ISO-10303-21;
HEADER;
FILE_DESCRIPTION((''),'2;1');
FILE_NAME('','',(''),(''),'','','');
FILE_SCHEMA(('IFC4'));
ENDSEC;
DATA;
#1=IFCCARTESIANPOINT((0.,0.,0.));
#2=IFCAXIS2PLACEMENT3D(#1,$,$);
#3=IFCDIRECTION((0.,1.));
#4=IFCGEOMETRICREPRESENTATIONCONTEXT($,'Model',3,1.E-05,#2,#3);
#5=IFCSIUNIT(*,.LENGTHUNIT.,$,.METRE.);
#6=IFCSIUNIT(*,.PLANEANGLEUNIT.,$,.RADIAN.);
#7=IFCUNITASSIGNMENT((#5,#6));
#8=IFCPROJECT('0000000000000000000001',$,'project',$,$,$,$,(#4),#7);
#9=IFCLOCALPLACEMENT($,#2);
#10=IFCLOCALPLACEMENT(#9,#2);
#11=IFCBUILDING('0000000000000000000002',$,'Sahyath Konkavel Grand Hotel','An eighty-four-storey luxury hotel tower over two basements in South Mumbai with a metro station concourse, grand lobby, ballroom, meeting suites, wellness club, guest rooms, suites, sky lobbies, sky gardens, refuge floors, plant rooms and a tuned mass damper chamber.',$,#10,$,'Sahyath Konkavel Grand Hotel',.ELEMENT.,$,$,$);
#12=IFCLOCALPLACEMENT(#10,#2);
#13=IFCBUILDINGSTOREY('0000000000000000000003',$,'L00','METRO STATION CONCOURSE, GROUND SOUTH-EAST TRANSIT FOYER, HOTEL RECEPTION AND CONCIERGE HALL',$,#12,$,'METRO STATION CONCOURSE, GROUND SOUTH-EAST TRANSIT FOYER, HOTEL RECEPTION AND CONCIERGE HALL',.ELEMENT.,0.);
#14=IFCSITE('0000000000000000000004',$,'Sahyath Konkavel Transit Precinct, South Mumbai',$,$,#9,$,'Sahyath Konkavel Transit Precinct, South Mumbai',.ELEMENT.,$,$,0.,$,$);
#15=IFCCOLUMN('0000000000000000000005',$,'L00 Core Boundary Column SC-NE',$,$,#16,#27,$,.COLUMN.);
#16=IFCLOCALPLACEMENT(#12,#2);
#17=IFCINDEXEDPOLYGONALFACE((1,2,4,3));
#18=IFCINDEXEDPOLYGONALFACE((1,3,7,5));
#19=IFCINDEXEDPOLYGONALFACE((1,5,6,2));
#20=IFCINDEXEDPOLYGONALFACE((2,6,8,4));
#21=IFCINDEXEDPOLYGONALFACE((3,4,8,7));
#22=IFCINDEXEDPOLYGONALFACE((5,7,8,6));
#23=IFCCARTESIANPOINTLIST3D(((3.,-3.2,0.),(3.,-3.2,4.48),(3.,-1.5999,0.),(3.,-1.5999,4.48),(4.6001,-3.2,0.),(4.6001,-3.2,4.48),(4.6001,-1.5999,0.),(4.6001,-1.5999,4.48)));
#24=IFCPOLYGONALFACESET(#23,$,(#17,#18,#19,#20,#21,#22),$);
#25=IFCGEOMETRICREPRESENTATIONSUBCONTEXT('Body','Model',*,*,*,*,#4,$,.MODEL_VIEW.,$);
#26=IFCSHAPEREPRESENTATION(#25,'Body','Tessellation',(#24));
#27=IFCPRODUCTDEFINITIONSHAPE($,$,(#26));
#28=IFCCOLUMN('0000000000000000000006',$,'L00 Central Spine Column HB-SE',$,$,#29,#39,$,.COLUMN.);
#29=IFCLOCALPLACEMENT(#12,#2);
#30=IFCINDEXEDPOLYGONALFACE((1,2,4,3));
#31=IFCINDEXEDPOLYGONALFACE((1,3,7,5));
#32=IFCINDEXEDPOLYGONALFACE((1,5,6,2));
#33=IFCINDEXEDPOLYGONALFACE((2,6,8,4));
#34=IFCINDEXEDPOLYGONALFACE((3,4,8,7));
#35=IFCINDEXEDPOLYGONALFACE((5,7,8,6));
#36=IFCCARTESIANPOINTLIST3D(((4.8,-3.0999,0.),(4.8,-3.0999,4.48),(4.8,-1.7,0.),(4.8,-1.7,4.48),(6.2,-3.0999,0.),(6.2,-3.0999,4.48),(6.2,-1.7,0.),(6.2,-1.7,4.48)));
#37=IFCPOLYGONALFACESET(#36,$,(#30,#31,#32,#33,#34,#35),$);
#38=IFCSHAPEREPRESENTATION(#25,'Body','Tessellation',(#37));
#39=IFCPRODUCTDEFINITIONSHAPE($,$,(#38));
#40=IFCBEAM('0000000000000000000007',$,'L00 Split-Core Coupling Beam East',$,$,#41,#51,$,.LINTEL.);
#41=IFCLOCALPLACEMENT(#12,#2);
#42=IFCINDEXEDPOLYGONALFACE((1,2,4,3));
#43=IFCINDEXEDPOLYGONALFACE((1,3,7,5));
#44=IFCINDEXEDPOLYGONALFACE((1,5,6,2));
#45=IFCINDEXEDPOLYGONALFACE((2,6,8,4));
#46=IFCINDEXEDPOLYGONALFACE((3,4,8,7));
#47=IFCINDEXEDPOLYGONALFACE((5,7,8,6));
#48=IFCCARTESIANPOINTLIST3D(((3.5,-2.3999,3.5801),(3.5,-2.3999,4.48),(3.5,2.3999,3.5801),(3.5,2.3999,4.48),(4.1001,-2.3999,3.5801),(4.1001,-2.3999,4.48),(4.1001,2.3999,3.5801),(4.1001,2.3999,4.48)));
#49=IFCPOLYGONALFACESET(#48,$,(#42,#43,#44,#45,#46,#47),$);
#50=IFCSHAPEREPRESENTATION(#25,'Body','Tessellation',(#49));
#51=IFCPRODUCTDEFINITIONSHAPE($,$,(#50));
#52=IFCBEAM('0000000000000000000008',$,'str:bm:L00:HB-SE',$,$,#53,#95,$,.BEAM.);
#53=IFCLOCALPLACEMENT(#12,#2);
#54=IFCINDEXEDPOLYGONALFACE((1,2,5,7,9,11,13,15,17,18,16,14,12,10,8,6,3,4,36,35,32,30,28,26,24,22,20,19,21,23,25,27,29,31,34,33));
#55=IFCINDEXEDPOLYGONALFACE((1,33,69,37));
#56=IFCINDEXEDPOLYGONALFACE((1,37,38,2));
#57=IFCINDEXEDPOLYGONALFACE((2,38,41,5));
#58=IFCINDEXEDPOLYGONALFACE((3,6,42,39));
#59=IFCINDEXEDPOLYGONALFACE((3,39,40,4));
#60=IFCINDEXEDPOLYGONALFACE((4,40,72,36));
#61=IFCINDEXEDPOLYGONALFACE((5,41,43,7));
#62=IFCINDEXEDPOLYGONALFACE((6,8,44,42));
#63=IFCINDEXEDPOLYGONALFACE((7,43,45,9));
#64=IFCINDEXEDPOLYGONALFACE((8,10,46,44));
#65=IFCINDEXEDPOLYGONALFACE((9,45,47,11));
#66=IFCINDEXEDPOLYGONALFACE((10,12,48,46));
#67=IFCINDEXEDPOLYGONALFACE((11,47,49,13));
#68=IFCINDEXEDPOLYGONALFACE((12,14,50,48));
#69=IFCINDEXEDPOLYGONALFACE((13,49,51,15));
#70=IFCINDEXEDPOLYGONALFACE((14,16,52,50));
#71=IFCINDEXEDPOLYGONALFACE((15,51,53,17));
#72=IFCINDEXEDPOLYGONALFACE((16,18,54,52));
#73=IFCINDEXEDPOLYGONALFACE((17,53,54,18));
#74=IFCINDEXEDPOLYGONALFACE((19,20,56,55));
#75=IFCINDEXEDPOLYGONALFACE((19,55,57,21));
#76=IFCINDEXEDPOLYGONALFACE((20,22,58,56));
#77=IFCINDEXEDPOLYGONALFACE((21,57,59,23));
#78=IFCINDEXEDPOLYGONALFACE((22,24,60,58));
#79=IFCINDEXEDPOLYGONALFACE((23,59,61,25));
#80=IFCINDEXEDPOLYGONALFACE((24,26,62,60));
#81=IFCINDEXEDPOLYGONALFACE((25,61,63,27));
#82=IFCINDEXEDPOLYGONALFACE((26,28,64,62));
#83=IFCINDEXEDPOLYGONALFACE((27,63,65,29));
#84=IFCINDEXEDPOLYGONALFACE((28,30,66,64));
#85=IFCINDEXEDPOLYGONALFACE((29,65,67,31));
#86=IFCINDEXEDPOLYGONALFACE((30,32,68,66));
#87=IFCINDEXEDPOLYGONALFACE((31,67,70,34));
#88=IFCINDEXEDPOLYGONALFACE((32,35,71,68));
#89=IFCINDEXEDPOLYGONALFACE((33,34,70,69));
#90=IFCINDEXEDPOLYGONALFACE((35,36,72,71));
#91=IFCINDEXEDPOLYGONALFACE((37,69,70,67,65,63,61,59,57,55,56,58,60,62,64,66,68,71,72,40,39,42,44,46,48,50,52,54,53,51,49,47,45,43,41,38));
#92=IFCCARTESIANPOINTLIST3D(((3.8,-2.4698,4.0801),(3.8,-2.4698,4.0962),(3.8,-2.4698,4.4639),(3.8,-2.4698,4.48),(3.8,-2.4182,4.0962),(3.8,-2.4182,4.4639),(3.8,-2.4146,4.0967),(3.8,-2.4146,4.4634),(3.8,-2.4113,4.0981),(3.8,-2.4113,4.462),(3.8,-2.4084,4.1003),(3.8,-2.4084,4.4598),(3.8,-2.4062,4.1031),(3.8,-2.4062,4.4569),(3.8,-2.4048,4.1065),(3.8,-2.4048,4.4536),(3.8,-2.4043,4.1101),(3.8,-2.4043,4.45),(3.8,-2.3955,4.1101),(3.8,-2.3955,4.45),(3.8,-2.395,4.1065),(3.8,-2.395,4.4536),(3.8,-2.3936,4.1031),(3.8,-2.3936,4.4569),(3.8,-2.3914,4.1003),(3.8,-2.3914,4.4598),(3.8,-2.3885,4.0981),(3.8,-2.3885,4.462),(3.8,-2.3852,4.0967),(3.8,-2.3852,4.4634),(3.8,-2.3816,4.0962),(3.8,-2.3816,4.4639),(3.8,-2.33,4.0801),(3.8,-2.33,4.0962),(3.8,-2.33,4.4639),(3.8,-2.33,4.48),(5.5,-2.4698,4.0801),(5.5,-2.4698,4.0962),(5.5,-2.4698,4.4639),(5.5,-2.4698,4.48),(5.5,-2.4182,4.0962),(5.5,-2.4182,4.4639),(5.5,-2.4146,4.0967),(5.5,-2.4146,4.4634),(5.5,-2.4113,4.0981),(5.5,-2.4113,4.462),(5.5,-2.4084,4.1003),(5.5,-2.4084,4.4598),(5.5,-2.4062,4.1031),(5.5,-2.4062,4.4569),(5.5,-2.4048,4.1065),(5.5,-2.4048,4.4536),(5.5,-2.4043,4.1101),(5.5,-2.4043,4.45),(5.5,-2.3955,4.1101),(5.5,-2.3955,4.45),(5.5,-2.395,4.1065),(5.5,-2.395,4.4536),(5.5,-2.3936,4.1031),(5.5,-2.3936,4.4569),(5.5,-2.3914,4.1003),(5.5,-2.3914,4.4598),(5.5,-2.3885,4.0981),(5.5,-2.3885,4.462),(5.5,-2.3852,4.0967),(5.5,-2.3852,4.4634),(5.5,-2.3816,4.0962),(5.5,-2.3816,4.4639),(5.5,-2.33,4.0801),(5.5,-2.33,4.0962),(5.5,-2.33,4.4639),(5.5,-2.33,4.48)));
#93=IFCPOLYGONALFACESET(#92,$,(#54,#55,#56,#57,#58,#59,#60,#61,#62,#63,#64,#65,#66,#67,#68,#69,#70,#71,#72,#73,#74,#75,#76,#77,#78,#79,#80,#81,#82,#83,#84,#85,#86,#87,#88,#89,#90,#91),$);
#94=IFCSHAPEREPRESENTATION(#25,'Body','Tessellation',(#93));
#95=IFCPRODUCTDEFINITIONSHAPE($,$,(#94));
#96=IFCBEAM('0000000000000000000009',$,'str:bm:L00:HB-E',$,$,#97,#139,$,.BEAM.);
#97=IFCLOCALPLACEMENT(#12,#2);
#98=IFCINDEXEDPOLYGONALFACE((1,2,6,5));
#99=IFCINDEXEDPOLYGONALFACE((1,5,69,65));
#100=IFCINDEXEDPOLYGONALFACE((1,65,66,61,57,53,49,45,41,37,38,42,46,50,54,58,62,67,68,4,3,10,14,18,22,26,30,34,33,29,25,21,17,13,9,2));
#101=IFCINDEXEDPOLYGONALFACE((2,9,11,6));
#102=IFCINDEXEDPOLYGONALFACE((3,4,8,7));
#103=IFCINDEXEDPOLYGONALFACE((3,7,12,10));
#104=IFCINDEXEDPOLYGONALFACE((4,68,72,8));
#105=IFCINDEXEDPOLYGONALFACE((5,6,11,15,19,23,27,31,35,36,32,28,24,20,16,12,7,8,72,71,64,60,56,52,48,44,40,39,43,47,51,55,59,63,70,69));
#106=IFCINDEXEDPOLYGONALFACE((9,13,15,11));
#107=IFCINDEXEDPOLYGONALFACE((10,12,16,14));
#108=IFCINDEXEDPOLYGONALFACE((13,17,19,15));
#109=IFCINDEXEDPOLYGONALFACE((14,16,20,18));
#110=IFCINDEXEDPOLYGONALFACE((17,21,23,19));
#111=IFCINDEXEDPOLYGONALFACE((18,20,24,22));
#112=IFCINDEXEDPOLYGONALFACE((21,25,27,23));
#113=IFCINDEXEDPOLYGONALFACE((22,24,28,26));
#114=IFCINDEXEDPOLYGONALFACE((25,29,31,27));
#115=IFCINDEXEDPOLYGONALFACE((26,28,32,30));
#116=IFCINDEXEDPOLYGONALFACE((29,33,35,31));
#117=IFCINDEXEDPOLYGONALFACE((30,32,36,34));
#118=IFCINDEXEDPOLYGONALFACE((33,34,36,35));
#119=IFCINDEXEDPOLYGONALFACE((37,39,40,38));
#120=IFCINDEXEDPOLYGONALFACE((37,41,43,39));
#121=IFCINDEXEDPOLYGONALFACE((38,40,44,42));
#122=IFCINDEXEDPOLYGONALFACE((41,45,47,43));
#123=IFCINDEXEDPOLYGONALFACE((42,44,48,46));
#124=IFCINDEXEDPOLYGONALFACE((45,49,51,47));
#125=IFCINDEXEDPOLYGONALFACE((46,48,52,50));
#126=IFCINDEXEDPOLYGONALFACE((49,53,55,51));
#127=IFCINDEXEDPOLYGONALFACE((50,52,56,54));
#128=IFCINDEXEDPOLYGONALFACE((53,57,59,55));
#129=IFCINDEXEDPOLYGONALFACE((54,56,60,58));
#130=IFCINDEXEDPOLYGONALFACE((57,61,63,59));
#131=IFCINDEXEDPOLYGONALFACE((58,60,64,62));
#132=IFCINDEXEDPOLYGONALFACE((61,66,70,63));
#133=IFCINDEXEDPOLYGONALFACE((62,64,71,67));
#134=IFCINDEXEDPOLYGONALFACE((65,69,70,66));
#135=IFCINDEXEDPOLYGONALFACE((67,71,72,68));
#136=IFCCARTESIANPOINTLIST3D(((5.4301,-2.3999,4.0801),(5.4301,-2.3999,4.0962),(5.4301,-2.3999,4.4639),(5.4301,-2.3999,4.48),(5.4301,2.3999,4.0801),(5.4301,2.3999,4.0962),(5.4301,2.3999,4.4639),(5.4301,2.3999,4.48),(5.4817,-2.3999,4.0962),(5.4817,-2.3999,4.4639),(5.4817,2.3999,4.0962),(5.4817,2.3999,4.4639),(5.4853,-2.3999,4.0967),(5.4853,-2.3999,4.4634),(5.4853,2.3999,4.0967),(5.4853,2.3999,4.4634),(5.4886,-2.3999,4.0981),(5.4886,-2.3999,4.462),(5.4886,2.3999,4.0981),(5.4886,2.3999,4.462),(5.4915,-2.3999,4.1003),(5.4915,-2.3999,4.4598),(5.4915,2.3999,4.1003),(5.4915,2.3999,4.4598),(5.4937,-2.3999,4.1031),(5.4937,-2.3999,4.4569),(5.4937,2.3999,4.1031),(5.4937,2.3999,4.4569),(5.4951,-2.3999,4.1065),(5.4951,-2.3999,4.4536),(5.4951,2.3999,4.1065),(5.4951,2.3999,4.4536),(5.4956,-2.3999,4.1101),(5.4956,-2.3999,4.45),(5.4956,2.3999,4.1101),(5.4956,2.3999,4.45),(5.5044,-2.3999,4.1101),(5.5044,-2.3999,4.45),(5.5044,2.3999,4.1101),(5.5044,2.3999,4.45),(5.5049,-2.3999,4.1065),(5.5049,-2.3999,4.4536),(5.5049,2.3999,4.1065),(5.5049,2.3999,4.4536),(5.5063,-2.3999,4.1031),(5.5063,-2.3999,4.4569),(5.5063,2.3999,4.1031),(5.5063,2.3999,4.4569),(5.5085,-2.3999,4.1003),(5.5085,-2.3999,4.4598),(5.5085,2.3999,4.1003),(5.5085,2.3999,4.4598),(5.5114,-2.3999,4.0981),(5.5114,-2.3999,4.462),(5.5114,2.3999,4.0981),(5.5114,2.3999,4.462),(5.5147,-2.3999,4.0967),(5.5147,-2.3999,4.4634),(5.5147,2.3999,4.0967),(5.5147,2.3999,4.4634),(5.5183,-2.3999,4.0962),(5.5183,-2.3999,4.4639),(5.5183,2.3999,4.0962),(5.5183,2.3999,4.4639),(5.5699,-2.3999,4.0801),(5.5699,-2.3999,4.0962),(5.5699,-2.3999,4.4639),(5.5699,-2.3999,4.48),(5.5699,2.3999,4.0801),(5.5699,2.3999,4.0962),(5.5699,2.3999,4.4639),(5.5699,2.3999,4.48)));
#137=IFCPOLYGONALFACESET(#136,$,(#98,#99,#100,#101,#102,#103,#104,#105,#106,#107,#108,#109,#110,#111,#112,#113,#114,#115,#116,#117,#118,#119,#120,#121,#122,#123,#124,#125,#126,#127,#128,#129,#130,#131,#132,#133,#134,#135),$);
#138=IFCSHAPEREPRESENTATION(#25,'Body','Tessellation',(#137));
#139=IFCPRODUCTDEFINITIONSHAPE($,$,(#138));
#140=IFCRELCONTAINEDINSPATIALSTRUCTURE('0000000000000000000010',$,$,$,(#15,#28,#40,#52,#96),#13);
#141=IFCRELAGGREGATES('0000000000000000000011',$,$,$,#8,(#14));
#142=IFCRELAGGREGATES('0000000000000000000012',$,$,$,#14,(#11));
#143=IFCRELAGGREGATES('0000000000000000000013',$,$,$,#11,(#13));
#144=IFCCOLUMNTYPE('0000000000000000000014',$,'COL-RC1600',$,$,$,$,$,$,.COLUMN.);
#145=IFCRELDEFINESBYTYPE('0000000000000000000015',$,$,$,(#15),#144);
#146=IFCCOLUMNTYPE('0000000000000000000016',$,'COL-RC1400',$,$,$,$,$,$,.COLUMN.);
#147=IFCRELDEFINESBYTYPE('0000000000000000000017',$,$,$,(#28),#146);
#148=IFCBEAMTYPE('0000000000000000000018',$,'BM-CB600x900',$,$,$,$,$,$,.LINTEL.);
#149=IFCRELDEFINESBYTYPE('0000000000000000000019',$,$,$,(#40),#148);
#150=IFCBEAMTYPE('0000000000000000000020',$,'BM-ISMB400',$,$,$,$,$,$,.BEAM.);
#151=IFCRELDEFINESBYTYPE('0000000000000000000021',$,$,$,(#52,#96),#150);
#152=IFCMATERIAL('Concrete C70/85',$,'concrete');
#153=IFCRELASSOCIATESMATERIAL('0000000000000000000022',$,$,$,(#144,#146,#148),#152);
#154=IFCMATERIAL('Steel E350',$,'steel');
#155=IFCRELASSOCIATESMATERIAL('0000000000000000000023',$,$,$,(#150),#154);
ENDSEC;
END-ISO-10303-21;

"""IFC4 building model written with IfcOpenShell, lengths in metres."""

from ifc_helpers import new_model, si_unit, direction, frame, origin, origin_2d, place, context, subcontext, project, spatial, rectangle, i_section, extrude, source, transform, mapped, material, material_profile, profile_set, type_object, element, save


model = new_model("IFC4")

# Units and contexts
model_context = context("Model", 3, precision=1e-05, world=origin(), true_north=direction((0.0, 1.0)))
body_context = subcontext(model_context, "Body", "Model", "MODEL_VIEW")
ifc_project = project(units=[si_unit("LENGTHUNIT", "METRE"), si_unit("PLANEANGLEUNIT", "RADIAN")], contexts=[model_context])

# Site, building, storey
site_placement = place(None, origin())
site = spatial("IfcSite", under=ifc_project, at=site_placement, Name="Sahyath Konkavel Transit Precinct, South Mumbai", LongName="Sahyath Konkavel Transit Precinct, South Mumbai", CompositionType="ELEMENT", RefElevation=0.0)
building_placement = place(site_placement, origin())
building = spatial("IfcBuilding", under=site, at=building_placement, Name="Sahyath Konkavel Grand Hotel", Description="An eighty-four-storey luxury hotel tower over two basements in South Mumbai with a metro station concourse, grand lobby, ballroom, meeting suites, wellness club, guest rooms, suites, sky lobbies, sky gardens, refuge floors, plant rooms and a tuned mass damper chamber.", LongName="Sahyath Konkavel Grand Hotel", CompositionType="ELEMENT")
storey_placement = place(building_placement, origin())
storey = spatial("IfcBuildingStorey", under=building, at=storey_placement, Name="L00", Description="METRO STATION CONCOURSE, GROUND SOUTH-EAST TRANSIT FOYER, HOTEL RECEPTION AND CONCIERGE HALL", LongName="METRO STATION CONCOURSE, GROUND SOUTH-EAST TRANSIT FOYER, HOTEL RECEPTION AND CONCIERGE HALL", CompositionType="ELEMENT", Elevation=0.0)

# Columns
ifc_material_1 = material(Name="Concrete C70/85", Category="concrete")
ifc_material_profile_1 = material_profile(ifc_material_1, rectangle(XDim=1.6001, YDim=1.6001, at=origin_2d()), Name="RC 1600x1600")
ifc_profile_set_1 = profile_set([ifc_material_profile_1], Name="Concrete C70/85")
column_type_1 = type_object("IfcColumnType", Name="COL-RC1600", PredefinedType="COLUMN", material=ifc_profile_set_1)
shared_shape_1 = source(origin(), body_context, "Body", "SweptSolid", [
    extrude(rectangle(XDim=1.6001, YDim=1.6001, at=origin_2d()), origin(), (0.0, 0.0, 1.0), 4.48),
])
column_1_placement = place(storey_placement, frame((3.8, -2.3999, 0.0), z_axis=(0.0, 0.0, 1.0), x_axis=(1.0, 0.0, 0.0)))
element("IfcColumn", 1, at=column_1_placement, inside=storey, type_object=column_type_1, Name="L00 Core Boundary Column SC-NE", PredefinedType="COLUMN", context=body_context, shape_type="MappedRepresentation", body=[
    mapped(shared_shape_1, transform((0.0, 0.0, 0.0), scale=1.0)),
])
ifc_material_profile_2 = material_profile(ifc_material_1, rectangle(XDim=1.3999, YDim=1.3999, at=origin_2d()), Name="RC 1400x1400")
ifc_profile_set_2 = profile_set([ifc_material_profile_2], Name="Concrete C70/85")
column_type_2 = type_object("IfcColumnType", Name="COL-RC1400", PredefinedType="COLUMN", material=ifc_profile_set_2)
shared_shape_2 = source(origin(), body_context, "Body", "SweptSolid", [
    extrude(rectangle(XDim=1.3999, YDim=1.3999, at=origin_2d()), origin(), (0.0, 0.0, 1.0), 4.48),
])
column_2_placement = place(storey_placement, frame((5.5, -2.3999, 0.0), z_axis=(0.0, 0.0, 1.0), x_axis=(1.0, 0.0, 0.0)))
element("IfcColumn", 2, at=column_2_placement, inside=storey, type_object=column_type_2, Name="L00 Central Spine Column HB-SE", PredefinedType="COLUMN", context=body_context, shape_type="MappedRepresentation", body=[
    mapped(shared_shape_2, transform((0.0, 0.0, 0.0), scale=1.0)),
])

# Beams
ifc_material_profile_3 = material_profile(ifc_material_1, rectangle(XDim=0.6001, YDim=0.8999, at=origin_2d()), Name="RC 600x900")
ifc_profile_set_3 = profile_set([ifc_material_profile_3], Name="Concrete C70/85")
beam_type_1 = type_object("IfcBeamType", Name="BM-CB600x900", PredefinedType="LINTEL", material=ifc_profile_set_3)
shared_shape_3 = source(origin(), body_context, "Body", "SweptSolid", [
    extrude(rectangle(XDim=0.6001, YDim=0.8999, at=origin_2d()), origin(), (0.0, 0.0, 1.0), 4.7998),
])
beam_1_placement = place(storey_placement, frame((3.8, -2.3999, 4.03), z_axis=(0.0, 1.0, 0.0), x_axis=(-1.0, 0.0, 0.0)))
element("IfcBeam", 3, at=beam_1_placement, inside=storey, type_object=beam_type_1, Name="L00 Split-Core Coupling Beam East", PredefinedType="LINTEL", context=body_context, shape_type="MappedRepresentation", body=[
    mapped(shared_shape_3, transform((0.0, 0.0, 0.0), scale=1.0)),
])
ifc_material_2 = material(Name="Steel E350", Category="steel")
ifc_material_profile_4 = material_profile(ifc_material_2, i_section(OverallWidth=0.1399, OverallDepth=0.3999, WebThickness=0.0088, FlangeThickness=0.0161, FilletRadius=0.0139, at=origin_2d()), Name="ISMB 400")
ifc_profile_set_4 = profile_set([ifc_material_profile_4], Name="Steel E350")
beam_type_2 = type_object("IfcBeamType", Name="BM-ISMB400", PredefinedType="BEAM", material=ifc_profile_set_4)
shared_shape_4 = source(origin(), body_context, "Body", "SweptSolid", [
    extrude(i_section(OverallWidth=0.1399, OverallDepth=0.3999, WebThickness=0.0088, FlangeThickness=0.0161, FilletRadius=0.0139, at=origin_2d()), origin(), (0.0, 0.0, 1.0), 1.7),
])
beam_2_placement = place(storey_placement, frame((3.8, -2.3999, 4.28), z_axis=(1.0, 0.0, 0.0), x_axis=(0.0, 1.0, 0.0)))
element("IfcBeam", 4, at=beam_2_placement, inside=storey, type_object=beam_type_2, Name="str:bm:L00:HB-SE", PredefinedType="BEAM", context=body_context, shape_type="MappedRepresentation", body=[
    mapped(shared_shape_4, transform((0.0, 0.0, 0.0), scale=1.0)),
])
shared_shape_5 = source(origin(), body_context, "Body", "SweptSolid", [
    extrude(i_section(OverallWidth=0.1399, OverallDepth=0.3999, WebThickness=0.0088, FlangeThickness=0.0161, FilletRadius=0.0139, at=origin_2d()), origin(), (0.0, 0.0, 1.0), 4.7998),
])
beam_3_placement = place(storey_placement, frame((5.5, -2.3999, 4.28), z_axis=(0.0, 1.0, 0.0), x_axis=(-1.0, 0.0, 0.0)))
element("IfcBeam", 5, at=beam_3_placement, inside=storey, type_object=beam_type_2, Name="str:bm:L00:HB-E", PredefinedType="BEAM", context=body_context, shape_type="MappedRepresentation", body=[
    mapped(shared_shape_5, transform((0.0, 0.0, 0.0), scale=1.0)),
])

save(model, "model.ifc")
